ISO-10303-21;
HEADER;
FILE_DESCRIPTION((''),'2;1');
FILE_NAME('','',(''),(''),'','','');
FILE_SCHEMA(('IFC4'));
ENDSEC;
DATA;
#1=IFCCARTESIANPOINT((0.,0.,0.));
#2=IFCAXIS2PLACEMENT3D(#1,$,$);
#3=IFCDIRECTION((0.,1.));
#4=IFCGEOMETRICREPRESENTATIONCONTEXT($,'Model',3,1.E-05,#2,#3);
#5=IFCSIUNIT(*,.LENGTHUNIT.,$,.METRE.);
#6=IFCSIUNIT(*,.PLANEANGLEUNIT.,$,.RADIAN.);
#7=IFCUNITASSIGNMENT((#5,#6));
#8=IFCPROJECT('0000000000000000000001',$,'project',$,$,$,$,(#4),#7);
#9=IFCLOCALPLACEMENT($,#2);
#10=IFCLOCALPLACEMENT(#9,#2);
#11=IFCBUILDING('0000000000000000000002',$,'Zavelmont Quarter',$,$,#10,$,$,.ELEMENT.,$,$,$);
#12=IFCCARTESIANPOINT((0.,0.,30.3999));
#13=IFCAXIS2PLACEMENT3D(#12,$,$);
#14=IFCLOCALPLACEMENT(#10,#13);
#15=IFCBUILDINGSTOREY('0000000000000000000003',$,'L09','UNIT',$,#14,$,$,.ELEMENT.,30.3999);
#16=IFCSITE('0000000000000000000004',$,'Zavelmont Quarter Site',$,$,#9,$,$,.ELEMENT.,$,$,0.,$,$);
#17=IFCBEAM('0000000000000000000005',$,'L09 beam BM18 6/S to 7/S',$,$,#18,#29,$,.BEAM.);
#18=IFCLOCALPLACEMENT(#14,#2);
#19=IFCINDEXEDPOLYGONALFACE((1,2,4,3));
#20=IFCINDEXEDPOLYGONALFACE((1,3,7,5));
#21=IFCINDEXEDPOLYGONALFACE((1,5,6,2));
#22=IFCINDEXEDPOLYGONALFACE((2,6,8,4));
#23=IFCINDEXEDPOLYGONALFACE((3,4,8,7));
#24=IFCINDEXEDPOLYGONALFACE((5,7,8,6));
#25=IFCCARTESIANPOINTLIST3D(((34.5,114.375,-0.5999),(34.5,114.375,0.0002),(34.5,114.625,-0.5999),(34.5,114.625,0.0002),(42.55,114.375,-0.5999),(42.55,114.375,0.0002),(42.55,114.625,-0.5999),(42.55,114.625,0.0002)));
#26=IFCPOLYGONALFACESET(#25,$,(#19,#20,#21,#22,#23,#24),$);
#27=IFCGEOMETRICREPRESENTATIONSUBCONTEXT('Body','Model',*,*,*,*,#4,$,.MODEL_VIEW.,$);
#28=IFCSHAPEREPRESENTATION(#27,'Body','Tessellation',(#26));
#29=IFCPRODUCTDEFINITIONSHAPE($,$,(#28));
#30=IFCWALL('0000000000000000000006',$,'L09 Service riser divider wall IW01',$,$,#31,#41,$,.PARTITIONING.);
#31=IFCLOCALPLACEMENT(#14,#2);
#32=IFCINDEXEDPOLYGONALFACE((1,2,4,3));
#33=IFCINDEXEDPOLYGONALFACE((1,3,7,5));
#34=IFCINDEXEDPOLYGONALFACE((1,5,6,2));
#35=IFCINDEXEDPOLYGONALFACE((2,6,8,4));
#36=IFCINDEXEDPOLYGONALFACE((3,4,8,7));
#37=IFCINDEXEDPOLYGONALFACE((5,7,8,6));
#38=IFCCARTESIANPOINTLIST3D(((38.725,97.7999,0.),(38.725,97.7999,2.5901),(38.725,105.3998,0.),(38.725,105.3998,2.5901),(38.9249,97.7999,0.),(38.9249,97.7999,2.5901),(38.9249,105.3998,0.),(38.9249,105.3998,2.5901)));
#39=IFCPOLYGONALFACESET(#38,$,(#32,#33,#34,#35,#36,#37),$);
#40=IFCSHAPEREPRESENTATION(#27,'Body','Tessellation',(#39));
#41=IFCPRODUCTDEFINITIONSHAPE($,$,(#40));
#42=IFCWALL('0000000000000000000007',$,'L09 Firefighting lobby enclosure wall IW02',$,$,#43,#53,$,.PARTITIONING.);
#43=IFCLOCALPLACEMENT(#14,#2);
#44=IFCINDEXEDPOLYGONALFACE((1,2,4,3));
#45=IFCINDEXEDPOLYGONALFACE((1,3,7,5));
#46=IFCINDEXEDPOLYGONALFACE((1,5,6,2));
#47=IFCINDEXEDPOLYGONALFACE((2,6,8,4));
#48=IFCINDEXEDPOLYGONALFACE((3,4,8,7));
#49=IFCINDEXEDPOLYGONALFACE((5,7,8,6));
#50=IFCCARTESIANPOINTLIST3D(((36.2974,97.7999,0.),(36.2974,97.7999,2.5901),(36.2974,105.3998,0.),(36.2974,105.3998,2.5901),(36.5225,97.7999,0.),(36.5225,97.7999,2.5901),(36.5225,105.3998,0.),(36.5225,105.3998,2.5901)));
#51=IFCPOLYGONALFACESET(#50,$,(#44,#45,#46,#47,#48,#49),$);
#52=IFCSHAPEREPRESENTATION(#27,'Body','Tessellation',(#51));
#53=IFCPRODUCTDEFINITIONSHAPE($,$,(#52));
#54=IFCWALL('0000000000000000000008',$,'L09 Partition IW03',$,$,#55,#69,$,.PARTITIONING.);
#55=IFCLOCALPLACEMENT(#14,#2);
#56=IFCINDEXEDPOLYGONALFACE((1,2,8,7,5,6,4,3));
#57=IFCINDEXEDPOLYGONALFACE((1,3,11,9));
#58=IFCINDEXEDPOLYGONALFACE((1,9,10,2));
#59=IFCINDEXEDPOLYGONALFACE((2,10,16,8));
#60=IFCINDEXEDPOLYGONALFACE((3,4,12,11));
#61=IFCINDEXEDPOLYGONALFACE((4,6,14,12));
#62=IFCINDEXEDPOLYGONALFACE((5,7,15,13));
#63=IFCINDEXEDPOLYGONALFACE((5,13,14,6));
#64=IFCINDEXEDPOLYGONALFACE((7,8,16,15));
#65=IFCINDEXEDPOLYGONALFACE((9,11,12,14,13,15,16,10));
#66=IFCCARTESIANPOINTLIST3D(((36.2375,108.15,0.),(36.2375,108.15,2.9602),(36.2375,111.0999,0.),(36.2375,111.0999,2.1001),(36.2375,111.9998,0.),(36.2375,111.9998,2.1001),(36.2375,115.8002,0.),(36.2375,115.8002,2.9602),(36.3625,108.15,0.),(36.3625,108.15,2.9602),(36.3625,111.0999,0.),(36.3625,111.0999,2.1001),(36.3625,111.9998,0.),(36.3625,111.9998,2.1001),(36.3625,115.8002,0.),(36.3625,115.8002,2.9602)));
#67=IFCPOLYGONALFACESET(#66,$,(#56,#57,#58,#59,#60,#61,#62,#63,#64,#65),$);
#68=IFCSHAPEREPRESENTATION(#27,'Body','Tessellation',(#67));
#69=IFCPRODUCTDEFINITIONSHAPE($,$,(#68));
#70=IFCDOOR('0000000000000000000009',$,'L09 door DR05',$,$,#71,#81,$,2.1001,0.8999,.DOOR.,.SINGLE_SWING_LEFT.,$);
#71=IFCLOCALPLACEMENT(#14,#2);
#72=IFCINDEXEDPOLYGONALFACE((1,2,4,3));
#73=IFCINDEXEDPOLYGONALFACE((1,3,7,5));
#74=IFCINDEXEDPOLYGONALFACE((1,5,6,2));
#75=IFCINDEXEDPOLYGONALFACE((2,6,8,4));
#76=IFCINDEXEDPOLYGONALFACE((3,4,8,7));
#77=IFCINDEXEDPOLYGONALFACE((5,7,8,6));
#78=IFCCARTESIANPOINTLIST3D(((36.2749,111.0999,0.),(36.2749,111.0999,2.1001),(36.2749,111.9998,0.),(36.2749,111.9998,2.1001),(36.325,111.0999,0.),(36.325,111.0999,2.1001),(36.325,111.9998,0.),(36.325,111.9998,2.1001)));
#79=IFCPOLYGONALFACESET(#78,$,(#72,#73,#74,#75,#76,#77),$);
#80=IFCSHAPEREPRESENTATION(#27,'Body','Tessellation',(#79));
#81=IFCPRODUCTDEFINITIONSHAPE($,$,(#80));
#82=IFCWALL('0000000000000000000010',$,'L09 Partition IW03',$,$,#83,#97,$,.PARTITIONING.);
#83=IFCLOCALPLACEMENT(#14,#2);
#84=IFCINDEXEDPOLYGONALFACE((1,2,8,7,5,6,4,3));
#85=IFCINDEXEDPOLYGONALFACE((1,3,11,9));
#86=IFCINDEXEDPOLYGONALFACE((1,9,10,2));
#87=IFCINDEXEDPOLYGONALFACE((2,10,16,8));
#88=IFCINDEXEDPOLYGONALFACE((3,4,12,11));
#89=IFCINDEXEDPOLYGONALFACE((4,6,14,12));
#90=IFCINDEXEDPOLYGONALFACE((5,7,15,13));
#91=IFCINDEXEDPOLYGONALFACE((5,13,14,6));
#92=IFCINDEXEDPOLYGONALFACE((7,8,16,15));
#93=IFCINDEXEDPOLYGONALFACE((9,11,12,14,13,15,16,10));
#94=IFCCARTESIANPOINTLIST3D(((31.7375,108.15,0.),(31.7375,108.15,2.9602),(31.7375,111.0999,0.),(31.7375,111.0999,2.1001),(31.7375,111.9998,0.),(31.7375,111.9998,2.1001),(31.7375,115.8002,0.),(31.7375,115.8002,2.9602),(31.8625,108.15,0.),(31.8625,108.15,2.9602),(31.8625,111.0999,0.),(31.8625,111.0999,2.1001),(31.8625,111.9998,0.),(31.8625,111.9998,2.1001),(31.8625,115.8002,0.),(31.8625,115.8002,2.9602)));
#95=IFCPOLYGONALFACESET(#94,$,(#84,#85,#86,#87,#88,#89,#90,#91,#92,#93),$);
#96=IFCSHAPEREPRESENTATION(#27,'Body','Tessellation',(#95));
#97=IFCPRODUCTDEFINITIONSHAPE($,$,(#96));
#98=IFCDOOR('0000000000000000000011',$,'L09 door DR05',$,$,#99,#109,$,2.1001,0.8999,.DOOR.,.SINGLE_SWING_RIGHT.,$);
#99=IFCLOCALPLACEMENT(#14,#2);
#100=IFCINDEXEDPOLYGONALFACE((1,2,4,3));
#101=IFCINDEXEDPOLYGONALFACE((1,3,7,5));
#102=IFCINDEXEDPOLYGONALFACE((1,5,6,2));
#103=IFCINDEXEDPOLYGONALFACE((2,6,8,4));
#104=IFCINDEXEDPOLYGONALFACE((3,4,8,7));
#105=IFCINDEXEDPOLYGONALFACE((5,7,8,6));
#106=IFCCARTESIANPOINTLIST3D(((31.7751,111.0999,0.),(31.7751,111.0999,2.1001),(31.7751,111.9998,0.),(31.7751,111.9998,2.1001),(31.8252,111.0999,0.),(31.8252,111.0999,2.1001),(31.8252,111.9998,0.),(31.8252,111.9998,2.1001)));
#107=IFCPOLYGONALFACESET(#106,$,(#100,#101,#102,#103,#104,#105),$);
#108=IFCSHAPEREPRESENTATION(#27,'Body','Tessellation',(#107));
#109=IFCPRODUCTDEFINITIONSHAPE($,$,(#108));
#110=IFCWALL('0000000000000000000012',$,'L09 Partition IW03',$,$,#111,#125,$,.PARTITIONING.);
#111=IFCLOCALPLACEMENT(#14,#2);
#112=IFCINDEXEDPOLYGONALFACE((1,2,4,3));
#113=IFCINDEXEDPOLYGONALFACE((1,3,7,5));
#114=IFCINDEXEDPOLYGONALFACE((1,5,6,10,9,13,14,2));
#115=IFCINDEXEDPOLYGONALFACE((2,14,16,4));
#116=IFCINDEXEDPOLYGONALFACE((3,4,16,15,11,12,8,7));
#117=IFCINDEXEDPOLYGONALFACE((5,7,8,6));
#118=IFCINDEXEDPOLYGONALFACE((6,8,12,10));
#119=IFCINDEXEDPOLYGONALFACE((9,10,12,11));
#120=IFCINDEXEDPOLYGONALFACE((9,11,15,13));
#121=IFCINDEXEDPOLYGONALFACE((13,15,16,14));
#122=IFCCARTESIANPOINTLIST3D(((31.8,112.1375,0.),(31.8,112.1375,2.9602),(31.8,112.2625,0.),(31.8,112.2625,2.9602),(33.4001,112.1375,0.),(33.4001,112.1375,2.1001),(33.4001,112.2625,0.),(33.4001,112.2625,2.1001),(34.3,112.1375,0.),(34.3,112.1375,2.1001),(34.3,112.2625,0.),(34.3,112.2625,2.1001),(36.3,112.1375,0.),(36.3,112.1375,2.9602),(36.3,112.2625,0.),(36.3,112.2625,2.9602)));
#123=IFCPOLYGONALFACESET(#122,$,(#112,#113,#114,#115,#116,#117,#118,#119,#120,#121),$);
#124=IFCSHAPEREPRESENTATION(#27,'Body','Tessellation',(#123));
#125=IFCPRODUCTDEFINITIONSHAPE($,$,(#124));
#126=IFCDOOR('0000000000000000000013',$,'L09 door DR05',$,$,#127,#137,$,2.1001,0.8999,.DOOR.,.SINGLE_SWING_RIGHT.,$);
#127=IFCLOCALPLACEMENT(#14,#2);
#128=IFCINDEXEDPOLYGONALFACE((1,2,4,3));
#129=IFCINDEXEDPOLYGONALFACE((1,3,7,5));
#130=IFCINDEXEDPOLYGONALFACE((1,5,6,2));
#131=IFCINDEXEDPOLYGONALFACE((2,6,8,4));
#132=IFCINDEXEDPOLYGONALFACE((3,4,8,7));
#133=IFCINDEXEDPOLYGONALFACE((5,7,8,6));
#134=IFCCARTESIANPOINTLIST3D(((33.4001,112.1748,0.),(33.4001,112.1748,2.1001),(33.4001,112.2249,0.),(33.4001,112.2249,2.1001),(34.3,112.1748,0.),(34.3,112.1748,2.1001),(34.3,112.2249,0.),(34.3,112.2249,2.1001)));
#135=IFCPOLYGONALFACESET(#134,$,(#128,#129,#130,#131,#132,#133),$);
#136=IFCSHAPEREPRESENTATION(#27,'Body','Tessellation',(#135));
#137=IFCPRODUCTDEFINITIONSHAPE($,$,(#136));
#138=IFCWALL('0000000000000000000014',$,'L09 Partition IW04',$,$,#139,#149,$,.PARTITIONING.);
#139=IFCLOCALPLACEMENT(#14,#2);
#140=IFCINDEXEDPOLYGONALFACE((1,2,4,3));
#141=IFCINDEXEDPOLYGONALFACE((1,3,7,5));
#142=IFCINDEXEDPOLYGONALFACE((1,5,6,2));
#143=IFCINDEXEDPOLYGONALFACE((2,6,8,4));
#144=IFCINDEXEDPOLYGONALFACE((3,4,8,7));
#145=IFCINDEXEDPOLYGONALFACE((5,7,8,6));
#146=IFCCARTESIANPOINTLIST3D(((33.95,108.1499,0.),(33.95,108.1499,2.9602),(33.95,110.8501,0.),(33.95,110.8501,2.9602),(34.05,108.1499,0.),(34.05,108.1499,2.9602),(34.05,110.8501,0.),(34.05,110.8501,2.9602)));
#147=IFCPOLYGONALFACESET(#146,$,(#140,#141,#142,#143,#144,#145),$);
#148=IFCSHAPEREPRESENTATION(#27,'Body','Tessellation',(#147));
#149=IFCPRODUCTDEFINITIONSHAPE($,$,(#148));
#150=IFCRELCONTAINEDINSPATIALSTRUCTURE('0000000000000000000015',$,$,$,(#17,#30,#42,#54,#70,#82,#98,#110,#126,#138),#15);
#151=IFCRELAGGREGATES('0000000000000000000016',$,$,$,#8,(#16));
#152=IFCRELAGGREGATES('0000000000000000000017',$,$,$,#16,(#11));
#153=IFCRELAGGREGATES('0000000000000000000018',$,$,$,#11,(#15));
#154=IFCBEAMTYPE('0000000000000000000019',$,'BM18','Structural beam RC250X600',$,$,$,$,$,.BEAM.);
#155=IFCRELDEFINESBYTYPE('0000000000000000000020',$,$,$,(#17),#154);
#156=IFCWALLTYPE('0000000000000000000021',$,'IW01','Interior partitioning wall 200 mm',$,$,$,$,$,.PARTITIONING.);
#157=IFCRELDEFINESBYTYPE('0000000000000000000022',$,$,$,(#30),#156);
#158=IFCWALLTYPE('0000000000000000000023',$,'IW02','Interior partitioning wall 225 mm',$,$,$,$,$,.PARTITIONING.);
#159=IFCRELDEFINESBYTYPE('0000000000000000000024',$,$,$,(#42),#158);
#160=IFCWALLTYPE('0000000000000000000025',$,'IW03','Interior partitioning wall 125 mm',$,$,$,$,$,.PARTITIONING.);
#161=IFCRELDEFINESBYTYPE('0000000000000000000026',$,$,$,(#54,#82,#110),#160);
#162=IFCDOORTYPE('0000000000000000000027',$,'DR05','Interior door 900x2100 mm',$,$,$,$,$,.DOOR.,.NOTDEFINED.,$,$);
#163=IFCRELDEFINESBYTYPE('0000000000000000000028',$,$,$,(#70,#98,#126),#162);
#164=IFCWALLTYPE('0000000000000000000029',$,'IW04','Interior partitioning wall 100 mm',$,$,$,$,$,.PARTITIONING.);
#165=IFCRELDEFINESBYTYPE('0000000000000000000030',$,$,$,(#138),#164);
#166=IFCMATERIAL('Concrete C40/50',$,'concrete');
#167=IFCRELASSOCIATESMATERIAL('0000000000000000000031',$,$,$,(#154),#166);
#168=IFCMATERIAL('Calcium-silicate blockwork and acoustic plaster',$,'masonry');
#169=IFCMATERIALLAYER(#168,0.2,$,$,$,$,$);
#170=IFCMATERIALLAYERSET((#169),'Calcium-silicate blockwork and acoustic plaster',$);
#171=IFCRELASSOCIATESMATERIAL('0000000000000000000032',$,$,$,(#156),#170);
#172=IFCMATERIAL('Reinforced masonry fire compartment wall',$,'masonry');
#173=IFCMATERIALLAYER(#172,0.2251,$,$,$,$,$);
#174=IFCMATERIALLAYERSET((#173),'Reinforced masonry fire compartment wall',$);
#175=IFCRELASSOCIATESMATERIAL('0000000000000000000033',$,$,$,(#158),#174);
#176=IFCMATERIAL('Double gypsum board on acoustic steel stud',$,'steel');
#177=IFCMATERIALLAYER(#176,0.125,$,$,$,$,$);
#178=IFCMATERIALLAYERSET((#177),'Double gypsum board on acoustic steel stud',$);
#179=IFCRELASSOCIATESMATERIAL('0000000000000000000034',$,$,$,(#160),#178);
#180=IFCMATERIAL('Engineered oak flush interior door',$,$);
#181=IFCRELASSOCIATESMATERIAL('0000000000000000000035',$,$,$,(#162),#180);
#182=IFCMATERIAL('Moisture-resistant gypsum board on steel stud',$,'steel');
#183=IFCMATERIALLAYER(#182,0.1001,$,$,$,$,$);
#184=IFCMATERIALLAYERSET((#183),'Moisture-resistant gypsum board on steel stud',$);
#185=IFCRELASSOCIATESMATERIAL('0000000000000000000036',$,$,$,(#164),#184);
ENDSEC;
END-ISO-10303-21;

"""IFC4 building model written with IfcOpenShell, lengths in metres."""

from ifc_helpers import new_model, si_unit, direction, frame, frame_2d, origin, origin_with_axes, origin_2d, place, context, subcontext, project, spatial, rectangle, extrude, material, layer, layer_set, material_profile, profile_set, type_object, element, fill, save


model = new_model("IFC4")

# Units and contexts
model_context = context("Model", 3, precision=1e-05, world=origin(), true_north=direction((0.0, 1.0)))
body_context = subcontext(model_context, "Body", "Model", "MODEL_VIEW")
ifc_project = project(units=[si_unit("LENGTHUNIT", "METRE"), si_unit("PLANEANGLEUNIT", "RADIAN")], contexts=[model_context])

# Site, building, storey
site_placement = place(None, origin())
site = spatial("IfcSite", under=ifc_project, at=site_placement, Name="Zavelmont Quarter Site", CompositionType="ELEMENT", RefElevation=0.0)
building_placement = place(site_placement, origin())
building = spatial("IfcBuilding", under=site, at=building_placement, Name="Zavelmont Quarter", CompositionType="ELEMENT")
storey_placement = place(building_placement, frame((0.0, 0.0, 30.3999)))
storey = spatial("IfcBuildingStorey", under=building, at=storey_placement, Name="L09", Description="UNIT", CompositionType="ELEMENT", Elevation=30.3999)

# Beam
ifc_material_1 = material(Name="Concrete C40/50", Category="concrete")
ifc_material_profile_1 = material_profile(ifc_material_1, rectangle(XDim=0.25, YDim=0.6001, at=origin_2d()), Name="RC250X600")
ifc_profile_set_1 = profile_set([ifc_material_profile_1], Name="Concrete C40/50")
beam_type_1 = type_object("IfcBeamType", Name="BM18", Description="Structural beam RC250X600", PredefinedType="BEAM", material=ifc_profile_set_1)
for number, where, z_axis, x_axis, name in (
    (1, (34.5, 114.5, -0.2998), (1.0, 0.0, 0.0), (0.0, 1.0, 0.0), "L09 beam BM18 6/S to 7/S"),
):
    element("IfcBeam", number, at=place(storey_placement, frame(where, z_axis=z_axis, x_axis=x_axis)), inside=storey, type_object=beam_type_1, Name=name, PredefinedType="BEAM", context=body_context, shape_type="SweptSolid", body=[
        extrude(rectangle(XDim=0.25, YDim=0.6001, at=origin_2d()), origin(), (0.0, 0.0, 1.0), 8.05),
    ])

# Walls
ifc_material_2 = material(Name="Calcium-silicate blockwork and acoustic plaster", Category="masonry")
ifc_layer_1 = layer(ifc_material_2, 0.2)
ifc_layer_set_1 = layer_set([ifc_layer_1], Name="Calcium-silicate blockwork and acoustic plaster")
wall_type_1 = type_object("IfcWallType", Name="IW01", Description="Interior partitioning wall 200 mm", PredefinedType="PARTITIONING", material=ifc_layer_set_1)
wall_1_placement = place(storey_placement, frame((38.825, 97.8, 0.0), z_axis=(0.0, 0.0, 1.0), x_axis=(0.0, 1.0, 0.0)))
element("IfcWall", 2, at=wall_1_placement, inside=storey, type_object=wall_type_1, Name="L09 Service riser divider wall IW01", PredefinedType="PARTITIONING", context=body_context, shape_type="SweptSolid", body=[
    extrude(rectangle(XDim=7.5999, YDim=0.2, at=frame_2d((3.7998, 0.0))), origin(), (0.0, 0.0, 1.0), 2.5901),
])
ifc_material_3 = material(Name="Reinforced masonry fire compartment wall", Category="masonry")
ifc_layer_2 = layer(ifc_material_3, 0.2251)
ifc_layer_set_2 = layer_set([ifc_layer_2], Name="Reinforced masonry fire compartment wall")
wall_type_2 = type_object("IfcWallType", Name="IW02", Description="Interior partitioning wall 225 mm", PredefinedType="PARTITIONING", material=ifc_layer_set_2)
wall_2_placement = place(storey_placement, frame((36.4099, 97.8, 0.0), z_axis=(0.0, 0.0, 1.0), x_axis=(0.0, 1.0, 0.0)))
element("IfcWall", 3, at=wall_2_placement, inside=storey, type_object=wall_type_2, Name="L09 Firefighting lobby enclosure wall IW02", PredefinedType="PARTITIONING", context=body_context, shape_type="SweptSolid", body=[
    extrude(rectangle(XDim=7.5999, YDim=0.2251, at=frame_2d((3.7998, 0.0))), origin(), (0.0, 0.0, 1.0), 2.5901),
])

# Walls, openings, doors
ifc_material_4 = material(Name="Double gypsum board on acoustic steel stud", Category="steel")
ifc_layer_3 = layer(ifc_material_4, 0.125)
ifc_layer_set_3 = layer_set([ifc_layer_3], Name="Double gypsum board on acoustic steel stud")
wall_type_3 = type_object("IfcWallType", Name="IW03", Description="Interior partitioning wall 125 mm", PredefinedType="PARTITIONING", material=ifc_layer_set_3)
wall_3_placement = place(storey_placement, frame((36.3, 108.1499, 0.0), z_axis=(0.0, 0.0, 1.0), x_axis=(0.0, 1.0, 0.0)))
wall_3 = element("IfcWall", 4, at=wall_3_placement, inside=storey, type_object=wall_type_3, Name="L09 Partition IW03", PredefinedType="PARTITIONING", context=body_context, shape_type="SweptSolid", body=[
    extrude(rectangle(XDim=7.6501, YDim=0.125, at=frame_2d((3.8252, 0.0))), origin(), (0.0, 0.0, 1.0), 2.9602),
])
opening_1_placement = place(wall_3_placement, frame((2.95, 0.0, 0.0)))
opening_1 = element("IfcOpeningElement", 5, at=opening_1_placement, cuts=wall_3, PredefinedType="OPENING", context=body_context, shape_type="SweptSolid", body=[
    extrude(rectangle(XDim=0.8999, YDim=2.1001, at=frame_2d((0.45, 1.05))), frame((0.0, 0.0745, 0.0), z_axis=(0.0, -1.0, 0.0), x_axis=(1.0, 0.0, 0.0)), (0.0, 0.0, 1.0), 0.1489),
])
ifc_material_5 = material(Name="Engineered oak flush interior door")
door_type_1 = type_object("IfcDoorType", Name="DR05", Description="Interior door 900x2100 mm", OperationType="NOTDEFINED", PredefinedType="DOOR", material=ifc_material_5)
door_1_placement = place(opening_1_placement, frame((0.8999, 0.0, 0.0), z_axis=(0.0, 0.0, 1.0), x_axis=(-1.0, 0.0, 0.0)))
door_1 = element("IfcDoor", 6, at=door_1_placement, inside=storey, type_object=door_type_1, Name="L09 door DR05", OperationType="SINGLE_SWING_LEFT", OverallHeight=2.1001, OverallWidth=0.8999, PredefinedType="DOOR", context=body_context, shape_type="SweptSolid", body=[
    extrude(rectangle(XDim=0.8999, YDim=2.1001, at=frame_2d((0.45, 1.05))), frame((0.0, 0.0249, 0.0), z_axis=(0.0, -1.0, 0.0), x_axis=(1.0, 0.0, 0.0)), (0.0, 0.0, 1.0), 0.05),
])
fill(opening_1, door_1)
wall_4_placement = place(storey_placement, frame((31.8, 108.1499, 0.0), z_axis=(0.0, 0.0, 1.0), x_axis=(0.0, 1.0, 0.0)))
wall_4 = element("IfcWall", 7, at=wall_4_placement, inside=storey, type_object=wall_type_3, Name="L09 Partition IW03", PredefinedType="PARTITIONING", context=body_context, shape_type="SweptSolid", body=[
    extrude(rectangle(XDim=7.6501, YDim=0.125, at=frame_2d((3.8252, 0.0))), origin(), (0.0, 0.0, 1.0), 2.9602),
])
opening_2_placement = place(wall_4_placement, frame((2.95, 0.0, 0.0)))
opening_2 = element("IfcOpeningElement", 8, at=opening_2_placement, cuts=wall_4, PredefinedType="OPENING", context=body_context, shape_type="SweptSolid", body=[
    extrude(rectangle(XDim=0.8999, YDim=2.1001, at=frame_2d((0.45, 1.05))), frame((0.0, 0.0745, 0.0), z_axis=(0.0, -1.0, 0.0), x_axis=(1.0, 0.0, 0.0)), (0.0, 0.0, 1.0), 0.1489),
])
door_2_placement = place(opening_2_placement, origin_with_axes())
door_2 = element("IfcDoor", 9, at=door_2_placement, inside=storey, type_object=door_type_1, Name="L09 door DR05", OperationType="SINGLE_SWING_RIGHT", OverallHeight=2.1001, OverallWidth=0.8999, PredefinedType="DOOR", context=body_context, shape_type="SweptSolid", body=[
    extrude(rectangle(XDim=0.8999, YDim=2.1001, at=frame_2d((0.45, 1.05))), frame((0.0, 0.0249, 0.0), z_axis=(0.0, -1.0, 0.0), x_axis=(1.0, 0.0, 0.0)), (0.0, 0.0, 1.0), 0.05),
])
fill(opening_2, door_2)
wall_5_placement = place(storey_placement, frame((31.8, 112.2, 0.0), z_axis=(0.0, 0.0, 1.0), x_axis=(1.0, 0.0, 0.0)))
wall_5 = element("IfcWall", 10, at=wall_5_placement, inside=storey, type_object=wall_type_3, Name="L09 Partition IW03", PredefinedType="PARTITIONING", context=body_context, shape_type="SweptSolid", body=[
    extrude(rectangle(XDim=4.5, YDim=0.125, at=frame_2d((2.25, 0.0))), origin(), (0.0, 0.0, 1.0), 2.9602),
])
opening_3_placement = place(wall_5_placement, frame((1.6001, 0.0, 0.0)))
opening_3 = element("IfcOpeningElement", 11, at=opening_3_placement, cuts=wall_5, PredefinedType="OPENING", context=body_context, shape_type="SweptSolid", body=[
    extrude(rectangle(XDim=0.8999, YDim=2.1001, at=frame_2d((0.45, 1.05))), frame((0.0, 0.0745, 0.0), z_axis=(0.0, -1.0, 0.0), x_axis=(1.0, 0.0, 0.0)), (0.0, 0.0, 1.0), 0.1489),
])
door_3_placement = place(opening_3_placement, origin_with_axes())
door_3 = element("IfcDoor", 12, at=door_3_placement, inside=storey, type_object=door_type_1, Name="L09 door DR05", OperationType="SINGLE_SWING_RIGHT", OverallHeight=2.1001, OverallWidth=0.8999, PredefinedType="DOOR", context=body_context, shape_type="SweptSolid", body=[
    extrude(rectangle(XDim=0.8999, YDim=2.1001, at=frame_2d((0.45, 1.05))), frame((0.0, 0.0249, 0.0), z_axis=(0.0, -1.0, 0.0), x_axis=(1.0, 0.0, 0.0)), (0.0, 0.0, 1.0), 0.05),
])
fill(opening_3, door_3)

# Wall
ifc_material_6 = material(Name="Moisture-resistant gypsum board on steel stud", Category="steel")
ifc_layer_4 = layer(ifc_material_6, 0.1001)
ifc_layer_set_4 = layer_set([ifc_layer_4], Name="Moisture-resistant gypsum board on steel stud")
wall_type_4 = type_object("IfcWallType", Name="IW04", Description="Interior partitioning wall 100 mm", PredefinedType="PARTITIONING", material=ifc_layer_set_4)
wall_6_placement = place(storey_placement, frame((34.0, 108.1499, 0.0), z_axis=(0.0, 0.0, 1.0), x_axis=(0.0, 1.0, 0.0)))
element("IfcWall", 13, at=wall_6_placement, inside=storey, type_object=wall_type_4, Name="L09 Partition IW04", PredefinedType="PARTITIONING", context=body_context, shape_type="SweptSolid", body=[
    extrude(rectangle(XDim=2.7002, YDim=0.1001, at=frame_2d((1.3501, 0.0))), origin(), (0.0, 0.0, 1.0), 2.9602),
])

save(model, "model.ifc")
